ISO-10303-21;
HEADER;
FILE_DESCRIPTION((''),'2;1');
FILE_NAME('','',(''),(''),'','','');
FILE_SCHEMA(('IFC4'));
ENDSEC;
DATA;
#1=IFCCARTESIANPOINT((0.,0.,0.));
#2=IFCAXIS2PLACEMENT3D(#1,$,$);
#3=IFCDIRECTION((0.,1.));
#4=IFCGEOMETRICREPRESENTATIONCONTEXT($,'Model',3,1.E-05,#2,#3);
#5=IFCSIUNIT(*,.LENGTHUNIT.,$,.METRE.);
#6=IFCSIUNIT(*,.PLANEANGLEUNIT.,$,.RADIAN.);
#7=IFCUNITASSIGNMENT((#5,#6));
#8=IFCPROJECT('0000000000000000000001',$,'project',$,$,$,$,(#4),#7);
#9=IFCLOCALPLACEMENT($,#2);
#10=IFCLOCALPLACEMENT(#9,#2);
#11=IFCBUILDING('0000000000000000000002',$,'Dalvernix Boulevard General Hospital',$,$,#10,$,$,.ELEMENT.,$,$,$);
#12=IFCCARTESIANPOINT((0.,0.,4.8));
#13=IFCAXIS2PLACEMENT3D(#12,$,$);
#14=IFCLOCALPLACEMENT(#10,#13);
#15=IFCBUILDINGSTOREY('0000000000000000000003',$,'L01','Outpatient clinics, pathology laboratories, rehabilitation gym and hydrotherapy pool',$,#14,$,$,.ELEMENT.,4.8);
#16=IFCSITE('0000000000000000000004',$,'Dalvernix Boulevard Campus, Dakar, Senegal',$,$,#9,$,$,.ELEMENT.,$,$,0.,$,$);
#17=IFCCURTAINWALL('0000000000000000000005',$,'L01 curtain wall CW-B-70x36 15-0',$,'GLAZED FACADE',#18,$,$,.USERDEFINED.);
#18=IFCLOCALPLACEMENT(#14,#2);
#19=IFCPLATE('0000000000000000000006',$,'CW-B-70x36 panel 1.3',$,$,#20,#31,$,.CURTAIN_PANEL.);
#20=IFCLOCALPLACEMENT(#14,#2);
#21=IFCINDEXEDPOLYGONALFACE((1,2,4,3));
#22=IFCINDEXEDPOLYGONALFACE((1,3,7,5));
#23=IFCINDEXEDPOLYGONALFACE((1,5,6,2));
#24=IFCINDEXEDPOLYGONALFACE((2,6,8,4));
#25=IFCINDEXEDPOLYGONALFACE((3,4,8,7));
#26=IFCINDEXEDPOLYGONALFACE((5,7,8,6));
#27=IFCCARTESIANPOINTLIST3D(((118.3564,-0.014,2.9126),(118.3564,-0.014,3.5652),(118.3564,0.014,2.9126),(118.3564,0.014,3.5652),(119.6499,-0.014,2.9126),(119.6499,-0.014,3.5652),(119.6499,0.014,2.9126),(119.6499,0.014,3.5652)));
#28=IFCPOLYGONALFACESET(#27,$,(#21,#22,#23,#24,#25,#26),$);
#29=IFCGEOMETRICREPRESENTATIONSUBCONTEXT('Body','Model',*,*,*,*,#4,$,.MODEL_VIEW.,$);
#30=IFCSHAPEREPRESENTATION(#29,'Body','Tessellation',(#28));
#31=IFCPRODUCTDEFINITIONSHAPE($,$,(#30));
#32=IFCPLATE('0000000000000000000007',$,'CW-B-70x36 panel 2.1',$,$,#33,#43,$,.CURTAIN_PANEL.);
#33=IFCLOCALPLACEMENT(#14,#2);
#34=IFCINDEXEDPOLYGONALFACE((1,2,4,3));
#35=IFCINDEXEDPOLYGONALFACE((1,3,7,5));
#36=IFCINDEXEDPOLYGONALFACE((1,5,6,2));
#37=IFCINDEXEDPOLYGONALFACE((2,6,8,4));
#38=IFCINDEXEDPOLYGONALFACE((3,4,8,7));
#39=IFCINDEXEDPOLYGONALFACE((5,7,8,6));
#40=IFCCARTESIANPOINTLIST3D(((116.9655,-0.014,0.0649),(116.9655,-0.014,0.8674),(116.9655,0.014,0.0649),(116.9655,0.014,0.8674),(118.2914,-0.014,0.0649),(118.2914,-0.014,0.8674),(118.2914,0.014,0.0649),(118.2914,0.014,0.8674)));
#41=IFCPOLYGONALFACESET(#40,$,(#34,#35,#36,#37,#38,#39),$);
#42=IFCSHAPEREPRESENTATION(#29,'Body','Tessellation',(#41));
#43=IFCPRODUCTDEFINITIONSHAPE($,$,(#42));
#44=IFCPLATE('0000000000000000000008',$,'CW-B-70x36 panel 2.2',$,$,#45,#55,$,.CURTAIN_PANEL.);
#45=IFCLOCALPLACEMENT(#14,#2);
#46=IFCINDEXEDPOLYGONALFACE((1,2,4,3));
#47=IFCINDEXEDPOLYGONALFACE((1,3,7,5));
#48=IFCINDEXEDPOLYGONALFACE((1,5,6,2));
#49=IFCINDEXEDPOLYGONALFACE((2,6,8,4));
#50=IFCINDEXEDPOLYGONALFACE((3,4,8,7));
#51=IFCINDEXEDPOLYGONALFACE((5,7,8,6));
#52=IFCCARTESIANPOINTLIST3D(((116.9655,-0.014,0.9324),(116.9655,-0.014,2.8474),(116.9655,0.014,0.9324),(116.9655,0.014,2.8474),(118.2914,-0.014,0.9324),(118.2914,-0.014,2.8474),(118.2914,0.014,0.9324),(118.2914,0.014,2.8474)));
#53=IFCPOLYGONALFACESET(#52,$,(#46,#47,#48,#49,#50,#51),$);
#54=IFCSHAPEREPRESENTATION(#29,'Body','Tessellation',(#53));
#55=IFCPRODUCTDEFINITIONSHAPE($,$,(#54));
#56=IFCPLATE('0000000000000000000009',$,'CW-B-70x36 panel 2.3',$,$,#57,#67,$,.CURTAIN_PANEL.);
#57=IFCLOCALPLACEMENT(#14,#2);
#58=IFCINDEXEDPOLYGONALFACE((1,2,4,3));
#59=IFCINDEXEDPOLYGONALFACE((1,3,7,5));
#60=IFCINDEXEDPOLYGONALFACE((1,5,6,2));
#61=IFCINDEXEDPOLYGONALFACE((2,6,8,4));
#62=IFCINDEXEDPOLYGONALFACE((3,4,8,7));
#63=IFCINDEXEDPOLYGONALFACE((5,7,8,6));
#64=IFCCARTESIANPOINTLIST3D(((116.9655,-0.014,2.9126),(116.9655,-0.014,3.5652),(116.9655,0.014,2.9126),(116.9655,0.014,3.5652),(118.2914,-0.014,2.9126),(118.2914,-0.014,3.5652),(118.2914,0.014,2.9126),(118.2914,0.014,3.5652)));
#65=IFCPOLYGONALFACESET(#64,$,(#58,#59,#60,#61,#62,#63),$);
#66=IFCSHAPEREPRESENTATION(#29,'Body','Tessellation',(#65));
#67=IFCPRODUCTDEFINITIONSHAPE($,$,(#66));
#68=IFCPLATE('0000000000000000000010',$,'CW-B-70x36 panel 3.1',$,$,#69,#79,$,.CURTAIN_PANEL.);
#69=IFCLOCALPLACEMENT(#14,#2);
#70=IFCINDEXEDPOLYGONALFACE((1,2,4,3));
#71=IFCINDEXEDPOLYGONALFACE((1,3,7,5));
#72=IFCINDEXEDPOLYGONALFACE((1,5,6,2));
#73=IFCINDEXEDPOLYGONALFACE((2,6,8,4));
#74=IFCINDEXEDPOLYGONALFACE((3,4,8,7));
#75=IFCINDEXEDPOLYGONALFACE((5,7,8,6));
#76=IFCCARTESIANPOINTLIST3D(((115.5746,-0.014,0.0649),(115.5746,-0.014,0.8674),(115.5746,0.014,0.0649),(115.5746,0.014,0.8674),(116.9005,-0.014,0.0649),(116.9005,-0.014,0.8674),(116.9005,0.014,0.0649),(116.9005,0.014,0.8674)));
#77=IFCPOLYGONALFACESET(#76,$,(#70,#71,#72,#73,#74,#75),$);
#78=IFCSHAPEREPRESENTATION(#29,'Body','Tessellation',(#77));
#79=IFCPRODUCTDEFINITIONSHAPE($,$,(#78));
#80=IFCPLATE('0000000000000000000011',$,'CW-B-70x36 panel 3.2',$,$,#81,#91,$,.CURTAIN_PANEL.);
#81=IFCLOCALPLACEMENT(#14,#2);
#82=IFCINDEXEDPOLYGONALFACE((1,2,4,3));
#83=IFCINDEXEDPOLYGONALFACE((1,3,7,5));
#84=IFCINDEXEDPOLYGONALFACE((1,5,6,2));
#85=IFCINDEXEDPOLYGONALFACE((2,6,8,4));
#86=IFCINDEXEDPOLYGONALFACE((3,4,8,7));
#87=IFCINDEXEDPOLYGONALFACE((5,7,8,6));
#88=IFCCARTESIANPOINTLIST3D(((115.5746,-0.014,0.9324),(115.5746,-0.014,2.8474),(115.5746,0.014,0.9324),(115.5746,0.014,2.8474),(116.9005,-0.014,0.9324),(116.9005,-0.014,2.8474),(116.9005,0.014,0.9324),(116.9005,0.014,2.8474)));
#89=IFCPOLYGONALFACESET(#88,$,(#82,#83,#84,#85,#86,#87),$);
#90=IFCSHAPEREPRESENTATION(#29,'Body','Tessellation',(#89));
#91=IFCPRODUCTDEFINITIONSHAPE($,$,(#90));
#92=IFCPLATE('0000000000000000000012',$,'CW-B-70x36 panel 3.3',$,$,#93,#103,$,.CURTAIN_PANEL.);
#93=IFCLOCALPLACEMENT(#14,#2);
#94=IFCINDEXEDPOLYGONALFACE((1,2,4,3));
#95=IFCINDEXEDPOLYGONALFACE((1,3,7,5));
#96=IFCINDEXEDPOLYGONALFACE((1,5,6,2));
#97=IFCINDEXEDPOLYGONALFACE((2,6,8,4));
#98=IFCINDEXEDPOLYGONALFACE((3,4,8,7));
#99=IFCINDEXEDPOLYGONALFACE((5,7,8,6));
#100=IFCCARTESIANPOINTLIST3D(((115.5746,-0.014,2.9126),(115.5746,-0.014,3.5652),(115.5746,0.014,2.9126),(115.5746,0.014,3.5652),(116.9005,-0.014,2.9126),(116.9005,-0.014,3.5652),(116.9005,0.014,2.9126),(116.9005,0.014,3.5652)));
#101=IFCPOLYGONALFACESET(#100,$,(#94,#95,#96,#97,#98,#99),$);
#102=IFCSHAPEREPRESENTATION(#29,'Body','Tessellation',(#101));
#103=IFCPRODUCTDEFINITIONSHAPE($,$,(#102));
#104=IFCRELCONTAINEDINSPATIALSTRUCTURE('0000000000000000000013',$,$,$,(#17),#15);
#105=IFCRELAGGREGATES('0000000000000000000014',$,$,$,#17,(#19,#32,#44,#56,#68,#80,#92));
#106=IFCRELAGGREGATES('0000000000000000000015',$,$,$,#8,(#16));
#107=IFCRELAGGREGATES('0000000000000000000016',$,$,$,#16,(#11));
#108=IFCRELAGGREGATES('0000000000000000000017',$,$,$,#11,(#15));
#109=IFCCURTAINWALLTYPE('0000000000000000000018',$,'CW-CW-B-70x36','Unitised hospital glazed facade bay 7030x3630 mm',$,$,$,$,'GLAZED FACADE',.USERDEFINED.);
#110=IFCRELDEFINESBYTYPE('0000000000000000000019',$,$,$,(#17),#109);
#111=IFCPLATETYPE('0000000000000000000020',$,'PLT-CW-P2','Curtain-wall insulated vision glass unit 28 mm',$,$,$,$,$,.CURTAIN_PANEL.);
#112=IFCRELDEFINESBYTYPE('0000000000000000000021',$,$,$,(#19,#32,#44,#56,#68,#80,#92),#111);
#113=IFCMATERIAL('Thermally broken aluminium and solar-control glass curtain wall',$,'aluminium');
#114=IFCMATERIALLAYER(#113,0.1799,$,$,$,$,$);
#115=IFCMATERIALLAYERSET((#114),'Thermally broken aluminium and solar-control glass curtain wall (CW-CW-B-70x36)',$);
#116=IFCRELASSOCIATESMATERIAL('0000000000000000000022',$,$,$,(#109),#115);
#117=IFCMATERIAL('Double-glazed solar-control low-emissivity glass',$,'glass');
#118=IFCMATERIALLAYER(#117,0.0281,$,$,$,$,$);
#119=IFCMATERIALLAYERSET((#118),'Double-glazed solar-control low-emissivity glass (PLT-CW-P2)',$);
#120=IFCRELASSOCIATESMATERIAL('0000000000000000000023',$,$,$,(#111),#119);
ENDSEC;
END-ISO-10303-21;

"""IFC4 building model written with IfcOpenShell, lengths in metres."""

from ifc_helpers import new_model, si_unit, direction, frame, origin, origin_2d, place, context, subcontext, project, spatial, rectangle, extrude, material, layer, layer_set, type_object, element, aggregate, save


model = new_model("IFC4")

# Units and contexts
model_context = context("Model", 3, precision=1e-05, world=origin(), true_north=direction((0.0, 1.0)))
body_context = subcontext(model_context, "Body", "Model", "MODEL_VIEW")
ifc_project = project(units=[si_unit("LENGTHUNIT", "METRE"), si_unit("PLANEANGLEUNIT", "RADIAN")], contexts=[model_context])

# Site, building, storey
site_placement = place(None, origin())
site = spatial("IfcSite", under=ifc_project, at=site_placement, Name="Dalvernix Boulevard Campus, Dakar, Senegal", CompositionType="ELEMENT", RefElevation=0.0)
building_placement = place(site_placement, origin())
building = spatial("IfcBuilding", under=site, at=building_placement, Name="Dalvernix Boulevard General Hospital", CompositionType="ELEMENT")
storey_placement = place(building_placement, frame((0.0, 0.0, 4.8)))
storey = spatial("IfcBuildingStorey", under=building, at=storey_placement, Name="L01", Description="Outpatient clinics, pathology laboratories, rehabilitation gym and hydrotherapy pool", CompositionType="ELEMENT", Elevation=4.8)

# Curtain wall, plates
ifc_material_1 = material(Name="Thermally broken aluminium and solar-control glass curtain wall", Category="aluminium")
ifc_layer_1 = layer(ifc_material_1, 0.1799)
ifc_layer_set_1 = layer_set([ifc_layer_1], Name="Thermally broken aluminium and solar-control glass curtain wall (CW-CW-B-70x36)")
curtain_wall_type = type_object("IfcCurtainWallType", Name="CW-CW-B-70x36", Description="Unitised hospital glazed facade bay 7030x3630 mm", ElementType="GLAZED FACADE", PredefinedType="USERDEFINED", material=ifc_layer_set_1)
curtain_wall_placement = place(storey_placement, origin())
curtain_wall = element("IfcCurtainWall", 1, at=curtain_wall_placement, inside=storey, type_object=curtain_wall_type, Name="L01 curtain wall CW-B-70x36 15-0", ObjectType="GLAZED FACADE", PredefinedType="USERDEFINED")
ifc_material_2 = material(Name="Double-glazed solar-control low-emissivity glass", Category="glass")
ifc_layer_2 = layer(ifc_material_2, 0.0281)
ifc_layer_set_2 = layer_set([ifc_layer_2], Name="Double-glazed solar-control low-emissivity glass (PLT-CW-P2)")
plate_type = type_object("IfcPlateType", Name="PLT-CW-P2", Description="Curtain-wall insulated vision glass unit 28 mm", PredefinedType="CURTAIN_PANEL", material=ifc_layer_set_2)
plate_1_placement = place(storey_placement, frame((119.0032, 0.0, 2.9126), z_axis=(0.0, 0.0, 1.0), x_axis=(-1.0, 0.0, 0.0)))
plate_1 = element("IfcPlate", 2, at=plate_1_placement, type_object=plate_type, Name="CW-B-70x36 panel 1.3", PredefinedType="CURTAIN_PANEL", context=body_context, shape_type="SweptSolid", body=[
    extrude(rectangle(XDim=1.2935, YDim=0.0281, at=origin_2d()), origin(), (0.0, 0.0, 1.0), 0.6526),
])
plate_2_placement = place(storey_placement, frame((117.6284, 0.0, 0.0649), z_axis=(0.0, 0.0, 1.0), x_axis=(-1.0, 0.0, 0.0)))
plate_2 = element("IfcPlate", 3, at=plate_2_placement, type_object=plate_type, Name="CW-B-70x36 panel 2.1", PredefinedType="CURTAIN_PANEL", context=body_context, shape_type="SweptSolid", body=[
    extrude(rectangle(XDim=1.3259, YDim=0.0281, at=origin_2d()), origin(), (0.0, 0.0, 1.0), 0.8025),
])
plate_3_placement = place(storey_placement, frame((117.6284, 0.0, 0.9324), z_axis=(0.0, 0.0, 1.0), x_axis=(-1.0, 0.0, 0.0)))
plate_3 = element("IfcPlate", 4, at=plate_3_placement, type_object=plate_type, Name="CW-B-70x36 panel 2.2", PredefinedType="CURTAIN_PANEL", context=body_context, shape_type="SweptSolid", body=[
    extrude(rectangle(XDim=1.3259, YDim=0.0281, at=origin_2d()), origin(), (0.0, 0.0, 1.0), 1.915),
])
plate_4_placement = place(storey_placement, frame((117.6284, 0.0, 2.9126), z_axis=(0.0, 0.0, 1.0), x_axis=(-1.0, 0.0, 0.0)))
plate_4 = element("IfcPlate", 5, at=plate_4_placement, type_object=plate_type, Name="CW-B-70x36 panel 2.3", PredefinedType="CURTAIN_PANEL", context=body_context, shape_type="SweptSolid", body=[
    extrude(rectangle(XDim=1.3259, YDim=0.0281, at=origin_2d()), origin(), (0.0, 0.0, 1.0), 0.6526),
])
plate_5_placement = place(storey_placement, frame((116.2375, 0.0, 0.0649), z_axis=(0.0, 0.0, 1.0), x_axis=(-1.0, 0.0, 0.0)))
plate_5 = element("IfcPlate", 6, at=plate_5_placement, type_object=plate_type, Name="CW-B-70x36 panel 3.1", PredefinedType="CURTAIN_PANEL", context=body_context, shape_type="SweptSolid", body=[
    extrude(rectangle(XDim=1.3259, YDim=0.0281, at=origin_2d()), origin(), (0.0, 0.0, 1.0), 0.8025),
])
plate_6_placement = place(storey_placement, frame((116.2375, 0.0, 0.9324), z_axis=(0.0, 0.0, 1.0), x_axis=(-1.0, 0.0, 0.0)))
plate_6 = element("IfcPlate", 7, at=plate_6_placement, type_object=plate_type, Name="CW-B-70x36 panel 3.2", PredefinedType="CURTAIN_PANEL", context=body_context, shape_type="SweptSolid", body=[
    extrude(rectangle(XDim=1.3259, YDim=0.0281, at=origin_2d()), origin(), (0.0, 0.0, 1.0), 1.915),
])
plate_7_placement = place(storey_placement, frame((116.2375, 0.0, 2.9126), z_axis=(0.0, 0.0, 1.0), x_axis=(-1.0, 0.0, 0.0)))
plate_7 = element("IfcPlate", 8, at=plate_7_placement, type_object=plate_type, Name="CW-B-70x36 panel 3.3", PredefinedType="CURTAIN_PANEL", context=body_context, shape_type="SweptSolid", body=[
    extrude(rectangle(XDim=1.3259, YDim=0.0281, at=origin_2d()), origin(), (0.0, 0.0, 1.0), 0.6526),
])
aggregate(curtain_wall, [plate_1, plate_2, plate_3, plate_4, plate_5, plate_6, plate_7])

save(model, "model.ifc")
